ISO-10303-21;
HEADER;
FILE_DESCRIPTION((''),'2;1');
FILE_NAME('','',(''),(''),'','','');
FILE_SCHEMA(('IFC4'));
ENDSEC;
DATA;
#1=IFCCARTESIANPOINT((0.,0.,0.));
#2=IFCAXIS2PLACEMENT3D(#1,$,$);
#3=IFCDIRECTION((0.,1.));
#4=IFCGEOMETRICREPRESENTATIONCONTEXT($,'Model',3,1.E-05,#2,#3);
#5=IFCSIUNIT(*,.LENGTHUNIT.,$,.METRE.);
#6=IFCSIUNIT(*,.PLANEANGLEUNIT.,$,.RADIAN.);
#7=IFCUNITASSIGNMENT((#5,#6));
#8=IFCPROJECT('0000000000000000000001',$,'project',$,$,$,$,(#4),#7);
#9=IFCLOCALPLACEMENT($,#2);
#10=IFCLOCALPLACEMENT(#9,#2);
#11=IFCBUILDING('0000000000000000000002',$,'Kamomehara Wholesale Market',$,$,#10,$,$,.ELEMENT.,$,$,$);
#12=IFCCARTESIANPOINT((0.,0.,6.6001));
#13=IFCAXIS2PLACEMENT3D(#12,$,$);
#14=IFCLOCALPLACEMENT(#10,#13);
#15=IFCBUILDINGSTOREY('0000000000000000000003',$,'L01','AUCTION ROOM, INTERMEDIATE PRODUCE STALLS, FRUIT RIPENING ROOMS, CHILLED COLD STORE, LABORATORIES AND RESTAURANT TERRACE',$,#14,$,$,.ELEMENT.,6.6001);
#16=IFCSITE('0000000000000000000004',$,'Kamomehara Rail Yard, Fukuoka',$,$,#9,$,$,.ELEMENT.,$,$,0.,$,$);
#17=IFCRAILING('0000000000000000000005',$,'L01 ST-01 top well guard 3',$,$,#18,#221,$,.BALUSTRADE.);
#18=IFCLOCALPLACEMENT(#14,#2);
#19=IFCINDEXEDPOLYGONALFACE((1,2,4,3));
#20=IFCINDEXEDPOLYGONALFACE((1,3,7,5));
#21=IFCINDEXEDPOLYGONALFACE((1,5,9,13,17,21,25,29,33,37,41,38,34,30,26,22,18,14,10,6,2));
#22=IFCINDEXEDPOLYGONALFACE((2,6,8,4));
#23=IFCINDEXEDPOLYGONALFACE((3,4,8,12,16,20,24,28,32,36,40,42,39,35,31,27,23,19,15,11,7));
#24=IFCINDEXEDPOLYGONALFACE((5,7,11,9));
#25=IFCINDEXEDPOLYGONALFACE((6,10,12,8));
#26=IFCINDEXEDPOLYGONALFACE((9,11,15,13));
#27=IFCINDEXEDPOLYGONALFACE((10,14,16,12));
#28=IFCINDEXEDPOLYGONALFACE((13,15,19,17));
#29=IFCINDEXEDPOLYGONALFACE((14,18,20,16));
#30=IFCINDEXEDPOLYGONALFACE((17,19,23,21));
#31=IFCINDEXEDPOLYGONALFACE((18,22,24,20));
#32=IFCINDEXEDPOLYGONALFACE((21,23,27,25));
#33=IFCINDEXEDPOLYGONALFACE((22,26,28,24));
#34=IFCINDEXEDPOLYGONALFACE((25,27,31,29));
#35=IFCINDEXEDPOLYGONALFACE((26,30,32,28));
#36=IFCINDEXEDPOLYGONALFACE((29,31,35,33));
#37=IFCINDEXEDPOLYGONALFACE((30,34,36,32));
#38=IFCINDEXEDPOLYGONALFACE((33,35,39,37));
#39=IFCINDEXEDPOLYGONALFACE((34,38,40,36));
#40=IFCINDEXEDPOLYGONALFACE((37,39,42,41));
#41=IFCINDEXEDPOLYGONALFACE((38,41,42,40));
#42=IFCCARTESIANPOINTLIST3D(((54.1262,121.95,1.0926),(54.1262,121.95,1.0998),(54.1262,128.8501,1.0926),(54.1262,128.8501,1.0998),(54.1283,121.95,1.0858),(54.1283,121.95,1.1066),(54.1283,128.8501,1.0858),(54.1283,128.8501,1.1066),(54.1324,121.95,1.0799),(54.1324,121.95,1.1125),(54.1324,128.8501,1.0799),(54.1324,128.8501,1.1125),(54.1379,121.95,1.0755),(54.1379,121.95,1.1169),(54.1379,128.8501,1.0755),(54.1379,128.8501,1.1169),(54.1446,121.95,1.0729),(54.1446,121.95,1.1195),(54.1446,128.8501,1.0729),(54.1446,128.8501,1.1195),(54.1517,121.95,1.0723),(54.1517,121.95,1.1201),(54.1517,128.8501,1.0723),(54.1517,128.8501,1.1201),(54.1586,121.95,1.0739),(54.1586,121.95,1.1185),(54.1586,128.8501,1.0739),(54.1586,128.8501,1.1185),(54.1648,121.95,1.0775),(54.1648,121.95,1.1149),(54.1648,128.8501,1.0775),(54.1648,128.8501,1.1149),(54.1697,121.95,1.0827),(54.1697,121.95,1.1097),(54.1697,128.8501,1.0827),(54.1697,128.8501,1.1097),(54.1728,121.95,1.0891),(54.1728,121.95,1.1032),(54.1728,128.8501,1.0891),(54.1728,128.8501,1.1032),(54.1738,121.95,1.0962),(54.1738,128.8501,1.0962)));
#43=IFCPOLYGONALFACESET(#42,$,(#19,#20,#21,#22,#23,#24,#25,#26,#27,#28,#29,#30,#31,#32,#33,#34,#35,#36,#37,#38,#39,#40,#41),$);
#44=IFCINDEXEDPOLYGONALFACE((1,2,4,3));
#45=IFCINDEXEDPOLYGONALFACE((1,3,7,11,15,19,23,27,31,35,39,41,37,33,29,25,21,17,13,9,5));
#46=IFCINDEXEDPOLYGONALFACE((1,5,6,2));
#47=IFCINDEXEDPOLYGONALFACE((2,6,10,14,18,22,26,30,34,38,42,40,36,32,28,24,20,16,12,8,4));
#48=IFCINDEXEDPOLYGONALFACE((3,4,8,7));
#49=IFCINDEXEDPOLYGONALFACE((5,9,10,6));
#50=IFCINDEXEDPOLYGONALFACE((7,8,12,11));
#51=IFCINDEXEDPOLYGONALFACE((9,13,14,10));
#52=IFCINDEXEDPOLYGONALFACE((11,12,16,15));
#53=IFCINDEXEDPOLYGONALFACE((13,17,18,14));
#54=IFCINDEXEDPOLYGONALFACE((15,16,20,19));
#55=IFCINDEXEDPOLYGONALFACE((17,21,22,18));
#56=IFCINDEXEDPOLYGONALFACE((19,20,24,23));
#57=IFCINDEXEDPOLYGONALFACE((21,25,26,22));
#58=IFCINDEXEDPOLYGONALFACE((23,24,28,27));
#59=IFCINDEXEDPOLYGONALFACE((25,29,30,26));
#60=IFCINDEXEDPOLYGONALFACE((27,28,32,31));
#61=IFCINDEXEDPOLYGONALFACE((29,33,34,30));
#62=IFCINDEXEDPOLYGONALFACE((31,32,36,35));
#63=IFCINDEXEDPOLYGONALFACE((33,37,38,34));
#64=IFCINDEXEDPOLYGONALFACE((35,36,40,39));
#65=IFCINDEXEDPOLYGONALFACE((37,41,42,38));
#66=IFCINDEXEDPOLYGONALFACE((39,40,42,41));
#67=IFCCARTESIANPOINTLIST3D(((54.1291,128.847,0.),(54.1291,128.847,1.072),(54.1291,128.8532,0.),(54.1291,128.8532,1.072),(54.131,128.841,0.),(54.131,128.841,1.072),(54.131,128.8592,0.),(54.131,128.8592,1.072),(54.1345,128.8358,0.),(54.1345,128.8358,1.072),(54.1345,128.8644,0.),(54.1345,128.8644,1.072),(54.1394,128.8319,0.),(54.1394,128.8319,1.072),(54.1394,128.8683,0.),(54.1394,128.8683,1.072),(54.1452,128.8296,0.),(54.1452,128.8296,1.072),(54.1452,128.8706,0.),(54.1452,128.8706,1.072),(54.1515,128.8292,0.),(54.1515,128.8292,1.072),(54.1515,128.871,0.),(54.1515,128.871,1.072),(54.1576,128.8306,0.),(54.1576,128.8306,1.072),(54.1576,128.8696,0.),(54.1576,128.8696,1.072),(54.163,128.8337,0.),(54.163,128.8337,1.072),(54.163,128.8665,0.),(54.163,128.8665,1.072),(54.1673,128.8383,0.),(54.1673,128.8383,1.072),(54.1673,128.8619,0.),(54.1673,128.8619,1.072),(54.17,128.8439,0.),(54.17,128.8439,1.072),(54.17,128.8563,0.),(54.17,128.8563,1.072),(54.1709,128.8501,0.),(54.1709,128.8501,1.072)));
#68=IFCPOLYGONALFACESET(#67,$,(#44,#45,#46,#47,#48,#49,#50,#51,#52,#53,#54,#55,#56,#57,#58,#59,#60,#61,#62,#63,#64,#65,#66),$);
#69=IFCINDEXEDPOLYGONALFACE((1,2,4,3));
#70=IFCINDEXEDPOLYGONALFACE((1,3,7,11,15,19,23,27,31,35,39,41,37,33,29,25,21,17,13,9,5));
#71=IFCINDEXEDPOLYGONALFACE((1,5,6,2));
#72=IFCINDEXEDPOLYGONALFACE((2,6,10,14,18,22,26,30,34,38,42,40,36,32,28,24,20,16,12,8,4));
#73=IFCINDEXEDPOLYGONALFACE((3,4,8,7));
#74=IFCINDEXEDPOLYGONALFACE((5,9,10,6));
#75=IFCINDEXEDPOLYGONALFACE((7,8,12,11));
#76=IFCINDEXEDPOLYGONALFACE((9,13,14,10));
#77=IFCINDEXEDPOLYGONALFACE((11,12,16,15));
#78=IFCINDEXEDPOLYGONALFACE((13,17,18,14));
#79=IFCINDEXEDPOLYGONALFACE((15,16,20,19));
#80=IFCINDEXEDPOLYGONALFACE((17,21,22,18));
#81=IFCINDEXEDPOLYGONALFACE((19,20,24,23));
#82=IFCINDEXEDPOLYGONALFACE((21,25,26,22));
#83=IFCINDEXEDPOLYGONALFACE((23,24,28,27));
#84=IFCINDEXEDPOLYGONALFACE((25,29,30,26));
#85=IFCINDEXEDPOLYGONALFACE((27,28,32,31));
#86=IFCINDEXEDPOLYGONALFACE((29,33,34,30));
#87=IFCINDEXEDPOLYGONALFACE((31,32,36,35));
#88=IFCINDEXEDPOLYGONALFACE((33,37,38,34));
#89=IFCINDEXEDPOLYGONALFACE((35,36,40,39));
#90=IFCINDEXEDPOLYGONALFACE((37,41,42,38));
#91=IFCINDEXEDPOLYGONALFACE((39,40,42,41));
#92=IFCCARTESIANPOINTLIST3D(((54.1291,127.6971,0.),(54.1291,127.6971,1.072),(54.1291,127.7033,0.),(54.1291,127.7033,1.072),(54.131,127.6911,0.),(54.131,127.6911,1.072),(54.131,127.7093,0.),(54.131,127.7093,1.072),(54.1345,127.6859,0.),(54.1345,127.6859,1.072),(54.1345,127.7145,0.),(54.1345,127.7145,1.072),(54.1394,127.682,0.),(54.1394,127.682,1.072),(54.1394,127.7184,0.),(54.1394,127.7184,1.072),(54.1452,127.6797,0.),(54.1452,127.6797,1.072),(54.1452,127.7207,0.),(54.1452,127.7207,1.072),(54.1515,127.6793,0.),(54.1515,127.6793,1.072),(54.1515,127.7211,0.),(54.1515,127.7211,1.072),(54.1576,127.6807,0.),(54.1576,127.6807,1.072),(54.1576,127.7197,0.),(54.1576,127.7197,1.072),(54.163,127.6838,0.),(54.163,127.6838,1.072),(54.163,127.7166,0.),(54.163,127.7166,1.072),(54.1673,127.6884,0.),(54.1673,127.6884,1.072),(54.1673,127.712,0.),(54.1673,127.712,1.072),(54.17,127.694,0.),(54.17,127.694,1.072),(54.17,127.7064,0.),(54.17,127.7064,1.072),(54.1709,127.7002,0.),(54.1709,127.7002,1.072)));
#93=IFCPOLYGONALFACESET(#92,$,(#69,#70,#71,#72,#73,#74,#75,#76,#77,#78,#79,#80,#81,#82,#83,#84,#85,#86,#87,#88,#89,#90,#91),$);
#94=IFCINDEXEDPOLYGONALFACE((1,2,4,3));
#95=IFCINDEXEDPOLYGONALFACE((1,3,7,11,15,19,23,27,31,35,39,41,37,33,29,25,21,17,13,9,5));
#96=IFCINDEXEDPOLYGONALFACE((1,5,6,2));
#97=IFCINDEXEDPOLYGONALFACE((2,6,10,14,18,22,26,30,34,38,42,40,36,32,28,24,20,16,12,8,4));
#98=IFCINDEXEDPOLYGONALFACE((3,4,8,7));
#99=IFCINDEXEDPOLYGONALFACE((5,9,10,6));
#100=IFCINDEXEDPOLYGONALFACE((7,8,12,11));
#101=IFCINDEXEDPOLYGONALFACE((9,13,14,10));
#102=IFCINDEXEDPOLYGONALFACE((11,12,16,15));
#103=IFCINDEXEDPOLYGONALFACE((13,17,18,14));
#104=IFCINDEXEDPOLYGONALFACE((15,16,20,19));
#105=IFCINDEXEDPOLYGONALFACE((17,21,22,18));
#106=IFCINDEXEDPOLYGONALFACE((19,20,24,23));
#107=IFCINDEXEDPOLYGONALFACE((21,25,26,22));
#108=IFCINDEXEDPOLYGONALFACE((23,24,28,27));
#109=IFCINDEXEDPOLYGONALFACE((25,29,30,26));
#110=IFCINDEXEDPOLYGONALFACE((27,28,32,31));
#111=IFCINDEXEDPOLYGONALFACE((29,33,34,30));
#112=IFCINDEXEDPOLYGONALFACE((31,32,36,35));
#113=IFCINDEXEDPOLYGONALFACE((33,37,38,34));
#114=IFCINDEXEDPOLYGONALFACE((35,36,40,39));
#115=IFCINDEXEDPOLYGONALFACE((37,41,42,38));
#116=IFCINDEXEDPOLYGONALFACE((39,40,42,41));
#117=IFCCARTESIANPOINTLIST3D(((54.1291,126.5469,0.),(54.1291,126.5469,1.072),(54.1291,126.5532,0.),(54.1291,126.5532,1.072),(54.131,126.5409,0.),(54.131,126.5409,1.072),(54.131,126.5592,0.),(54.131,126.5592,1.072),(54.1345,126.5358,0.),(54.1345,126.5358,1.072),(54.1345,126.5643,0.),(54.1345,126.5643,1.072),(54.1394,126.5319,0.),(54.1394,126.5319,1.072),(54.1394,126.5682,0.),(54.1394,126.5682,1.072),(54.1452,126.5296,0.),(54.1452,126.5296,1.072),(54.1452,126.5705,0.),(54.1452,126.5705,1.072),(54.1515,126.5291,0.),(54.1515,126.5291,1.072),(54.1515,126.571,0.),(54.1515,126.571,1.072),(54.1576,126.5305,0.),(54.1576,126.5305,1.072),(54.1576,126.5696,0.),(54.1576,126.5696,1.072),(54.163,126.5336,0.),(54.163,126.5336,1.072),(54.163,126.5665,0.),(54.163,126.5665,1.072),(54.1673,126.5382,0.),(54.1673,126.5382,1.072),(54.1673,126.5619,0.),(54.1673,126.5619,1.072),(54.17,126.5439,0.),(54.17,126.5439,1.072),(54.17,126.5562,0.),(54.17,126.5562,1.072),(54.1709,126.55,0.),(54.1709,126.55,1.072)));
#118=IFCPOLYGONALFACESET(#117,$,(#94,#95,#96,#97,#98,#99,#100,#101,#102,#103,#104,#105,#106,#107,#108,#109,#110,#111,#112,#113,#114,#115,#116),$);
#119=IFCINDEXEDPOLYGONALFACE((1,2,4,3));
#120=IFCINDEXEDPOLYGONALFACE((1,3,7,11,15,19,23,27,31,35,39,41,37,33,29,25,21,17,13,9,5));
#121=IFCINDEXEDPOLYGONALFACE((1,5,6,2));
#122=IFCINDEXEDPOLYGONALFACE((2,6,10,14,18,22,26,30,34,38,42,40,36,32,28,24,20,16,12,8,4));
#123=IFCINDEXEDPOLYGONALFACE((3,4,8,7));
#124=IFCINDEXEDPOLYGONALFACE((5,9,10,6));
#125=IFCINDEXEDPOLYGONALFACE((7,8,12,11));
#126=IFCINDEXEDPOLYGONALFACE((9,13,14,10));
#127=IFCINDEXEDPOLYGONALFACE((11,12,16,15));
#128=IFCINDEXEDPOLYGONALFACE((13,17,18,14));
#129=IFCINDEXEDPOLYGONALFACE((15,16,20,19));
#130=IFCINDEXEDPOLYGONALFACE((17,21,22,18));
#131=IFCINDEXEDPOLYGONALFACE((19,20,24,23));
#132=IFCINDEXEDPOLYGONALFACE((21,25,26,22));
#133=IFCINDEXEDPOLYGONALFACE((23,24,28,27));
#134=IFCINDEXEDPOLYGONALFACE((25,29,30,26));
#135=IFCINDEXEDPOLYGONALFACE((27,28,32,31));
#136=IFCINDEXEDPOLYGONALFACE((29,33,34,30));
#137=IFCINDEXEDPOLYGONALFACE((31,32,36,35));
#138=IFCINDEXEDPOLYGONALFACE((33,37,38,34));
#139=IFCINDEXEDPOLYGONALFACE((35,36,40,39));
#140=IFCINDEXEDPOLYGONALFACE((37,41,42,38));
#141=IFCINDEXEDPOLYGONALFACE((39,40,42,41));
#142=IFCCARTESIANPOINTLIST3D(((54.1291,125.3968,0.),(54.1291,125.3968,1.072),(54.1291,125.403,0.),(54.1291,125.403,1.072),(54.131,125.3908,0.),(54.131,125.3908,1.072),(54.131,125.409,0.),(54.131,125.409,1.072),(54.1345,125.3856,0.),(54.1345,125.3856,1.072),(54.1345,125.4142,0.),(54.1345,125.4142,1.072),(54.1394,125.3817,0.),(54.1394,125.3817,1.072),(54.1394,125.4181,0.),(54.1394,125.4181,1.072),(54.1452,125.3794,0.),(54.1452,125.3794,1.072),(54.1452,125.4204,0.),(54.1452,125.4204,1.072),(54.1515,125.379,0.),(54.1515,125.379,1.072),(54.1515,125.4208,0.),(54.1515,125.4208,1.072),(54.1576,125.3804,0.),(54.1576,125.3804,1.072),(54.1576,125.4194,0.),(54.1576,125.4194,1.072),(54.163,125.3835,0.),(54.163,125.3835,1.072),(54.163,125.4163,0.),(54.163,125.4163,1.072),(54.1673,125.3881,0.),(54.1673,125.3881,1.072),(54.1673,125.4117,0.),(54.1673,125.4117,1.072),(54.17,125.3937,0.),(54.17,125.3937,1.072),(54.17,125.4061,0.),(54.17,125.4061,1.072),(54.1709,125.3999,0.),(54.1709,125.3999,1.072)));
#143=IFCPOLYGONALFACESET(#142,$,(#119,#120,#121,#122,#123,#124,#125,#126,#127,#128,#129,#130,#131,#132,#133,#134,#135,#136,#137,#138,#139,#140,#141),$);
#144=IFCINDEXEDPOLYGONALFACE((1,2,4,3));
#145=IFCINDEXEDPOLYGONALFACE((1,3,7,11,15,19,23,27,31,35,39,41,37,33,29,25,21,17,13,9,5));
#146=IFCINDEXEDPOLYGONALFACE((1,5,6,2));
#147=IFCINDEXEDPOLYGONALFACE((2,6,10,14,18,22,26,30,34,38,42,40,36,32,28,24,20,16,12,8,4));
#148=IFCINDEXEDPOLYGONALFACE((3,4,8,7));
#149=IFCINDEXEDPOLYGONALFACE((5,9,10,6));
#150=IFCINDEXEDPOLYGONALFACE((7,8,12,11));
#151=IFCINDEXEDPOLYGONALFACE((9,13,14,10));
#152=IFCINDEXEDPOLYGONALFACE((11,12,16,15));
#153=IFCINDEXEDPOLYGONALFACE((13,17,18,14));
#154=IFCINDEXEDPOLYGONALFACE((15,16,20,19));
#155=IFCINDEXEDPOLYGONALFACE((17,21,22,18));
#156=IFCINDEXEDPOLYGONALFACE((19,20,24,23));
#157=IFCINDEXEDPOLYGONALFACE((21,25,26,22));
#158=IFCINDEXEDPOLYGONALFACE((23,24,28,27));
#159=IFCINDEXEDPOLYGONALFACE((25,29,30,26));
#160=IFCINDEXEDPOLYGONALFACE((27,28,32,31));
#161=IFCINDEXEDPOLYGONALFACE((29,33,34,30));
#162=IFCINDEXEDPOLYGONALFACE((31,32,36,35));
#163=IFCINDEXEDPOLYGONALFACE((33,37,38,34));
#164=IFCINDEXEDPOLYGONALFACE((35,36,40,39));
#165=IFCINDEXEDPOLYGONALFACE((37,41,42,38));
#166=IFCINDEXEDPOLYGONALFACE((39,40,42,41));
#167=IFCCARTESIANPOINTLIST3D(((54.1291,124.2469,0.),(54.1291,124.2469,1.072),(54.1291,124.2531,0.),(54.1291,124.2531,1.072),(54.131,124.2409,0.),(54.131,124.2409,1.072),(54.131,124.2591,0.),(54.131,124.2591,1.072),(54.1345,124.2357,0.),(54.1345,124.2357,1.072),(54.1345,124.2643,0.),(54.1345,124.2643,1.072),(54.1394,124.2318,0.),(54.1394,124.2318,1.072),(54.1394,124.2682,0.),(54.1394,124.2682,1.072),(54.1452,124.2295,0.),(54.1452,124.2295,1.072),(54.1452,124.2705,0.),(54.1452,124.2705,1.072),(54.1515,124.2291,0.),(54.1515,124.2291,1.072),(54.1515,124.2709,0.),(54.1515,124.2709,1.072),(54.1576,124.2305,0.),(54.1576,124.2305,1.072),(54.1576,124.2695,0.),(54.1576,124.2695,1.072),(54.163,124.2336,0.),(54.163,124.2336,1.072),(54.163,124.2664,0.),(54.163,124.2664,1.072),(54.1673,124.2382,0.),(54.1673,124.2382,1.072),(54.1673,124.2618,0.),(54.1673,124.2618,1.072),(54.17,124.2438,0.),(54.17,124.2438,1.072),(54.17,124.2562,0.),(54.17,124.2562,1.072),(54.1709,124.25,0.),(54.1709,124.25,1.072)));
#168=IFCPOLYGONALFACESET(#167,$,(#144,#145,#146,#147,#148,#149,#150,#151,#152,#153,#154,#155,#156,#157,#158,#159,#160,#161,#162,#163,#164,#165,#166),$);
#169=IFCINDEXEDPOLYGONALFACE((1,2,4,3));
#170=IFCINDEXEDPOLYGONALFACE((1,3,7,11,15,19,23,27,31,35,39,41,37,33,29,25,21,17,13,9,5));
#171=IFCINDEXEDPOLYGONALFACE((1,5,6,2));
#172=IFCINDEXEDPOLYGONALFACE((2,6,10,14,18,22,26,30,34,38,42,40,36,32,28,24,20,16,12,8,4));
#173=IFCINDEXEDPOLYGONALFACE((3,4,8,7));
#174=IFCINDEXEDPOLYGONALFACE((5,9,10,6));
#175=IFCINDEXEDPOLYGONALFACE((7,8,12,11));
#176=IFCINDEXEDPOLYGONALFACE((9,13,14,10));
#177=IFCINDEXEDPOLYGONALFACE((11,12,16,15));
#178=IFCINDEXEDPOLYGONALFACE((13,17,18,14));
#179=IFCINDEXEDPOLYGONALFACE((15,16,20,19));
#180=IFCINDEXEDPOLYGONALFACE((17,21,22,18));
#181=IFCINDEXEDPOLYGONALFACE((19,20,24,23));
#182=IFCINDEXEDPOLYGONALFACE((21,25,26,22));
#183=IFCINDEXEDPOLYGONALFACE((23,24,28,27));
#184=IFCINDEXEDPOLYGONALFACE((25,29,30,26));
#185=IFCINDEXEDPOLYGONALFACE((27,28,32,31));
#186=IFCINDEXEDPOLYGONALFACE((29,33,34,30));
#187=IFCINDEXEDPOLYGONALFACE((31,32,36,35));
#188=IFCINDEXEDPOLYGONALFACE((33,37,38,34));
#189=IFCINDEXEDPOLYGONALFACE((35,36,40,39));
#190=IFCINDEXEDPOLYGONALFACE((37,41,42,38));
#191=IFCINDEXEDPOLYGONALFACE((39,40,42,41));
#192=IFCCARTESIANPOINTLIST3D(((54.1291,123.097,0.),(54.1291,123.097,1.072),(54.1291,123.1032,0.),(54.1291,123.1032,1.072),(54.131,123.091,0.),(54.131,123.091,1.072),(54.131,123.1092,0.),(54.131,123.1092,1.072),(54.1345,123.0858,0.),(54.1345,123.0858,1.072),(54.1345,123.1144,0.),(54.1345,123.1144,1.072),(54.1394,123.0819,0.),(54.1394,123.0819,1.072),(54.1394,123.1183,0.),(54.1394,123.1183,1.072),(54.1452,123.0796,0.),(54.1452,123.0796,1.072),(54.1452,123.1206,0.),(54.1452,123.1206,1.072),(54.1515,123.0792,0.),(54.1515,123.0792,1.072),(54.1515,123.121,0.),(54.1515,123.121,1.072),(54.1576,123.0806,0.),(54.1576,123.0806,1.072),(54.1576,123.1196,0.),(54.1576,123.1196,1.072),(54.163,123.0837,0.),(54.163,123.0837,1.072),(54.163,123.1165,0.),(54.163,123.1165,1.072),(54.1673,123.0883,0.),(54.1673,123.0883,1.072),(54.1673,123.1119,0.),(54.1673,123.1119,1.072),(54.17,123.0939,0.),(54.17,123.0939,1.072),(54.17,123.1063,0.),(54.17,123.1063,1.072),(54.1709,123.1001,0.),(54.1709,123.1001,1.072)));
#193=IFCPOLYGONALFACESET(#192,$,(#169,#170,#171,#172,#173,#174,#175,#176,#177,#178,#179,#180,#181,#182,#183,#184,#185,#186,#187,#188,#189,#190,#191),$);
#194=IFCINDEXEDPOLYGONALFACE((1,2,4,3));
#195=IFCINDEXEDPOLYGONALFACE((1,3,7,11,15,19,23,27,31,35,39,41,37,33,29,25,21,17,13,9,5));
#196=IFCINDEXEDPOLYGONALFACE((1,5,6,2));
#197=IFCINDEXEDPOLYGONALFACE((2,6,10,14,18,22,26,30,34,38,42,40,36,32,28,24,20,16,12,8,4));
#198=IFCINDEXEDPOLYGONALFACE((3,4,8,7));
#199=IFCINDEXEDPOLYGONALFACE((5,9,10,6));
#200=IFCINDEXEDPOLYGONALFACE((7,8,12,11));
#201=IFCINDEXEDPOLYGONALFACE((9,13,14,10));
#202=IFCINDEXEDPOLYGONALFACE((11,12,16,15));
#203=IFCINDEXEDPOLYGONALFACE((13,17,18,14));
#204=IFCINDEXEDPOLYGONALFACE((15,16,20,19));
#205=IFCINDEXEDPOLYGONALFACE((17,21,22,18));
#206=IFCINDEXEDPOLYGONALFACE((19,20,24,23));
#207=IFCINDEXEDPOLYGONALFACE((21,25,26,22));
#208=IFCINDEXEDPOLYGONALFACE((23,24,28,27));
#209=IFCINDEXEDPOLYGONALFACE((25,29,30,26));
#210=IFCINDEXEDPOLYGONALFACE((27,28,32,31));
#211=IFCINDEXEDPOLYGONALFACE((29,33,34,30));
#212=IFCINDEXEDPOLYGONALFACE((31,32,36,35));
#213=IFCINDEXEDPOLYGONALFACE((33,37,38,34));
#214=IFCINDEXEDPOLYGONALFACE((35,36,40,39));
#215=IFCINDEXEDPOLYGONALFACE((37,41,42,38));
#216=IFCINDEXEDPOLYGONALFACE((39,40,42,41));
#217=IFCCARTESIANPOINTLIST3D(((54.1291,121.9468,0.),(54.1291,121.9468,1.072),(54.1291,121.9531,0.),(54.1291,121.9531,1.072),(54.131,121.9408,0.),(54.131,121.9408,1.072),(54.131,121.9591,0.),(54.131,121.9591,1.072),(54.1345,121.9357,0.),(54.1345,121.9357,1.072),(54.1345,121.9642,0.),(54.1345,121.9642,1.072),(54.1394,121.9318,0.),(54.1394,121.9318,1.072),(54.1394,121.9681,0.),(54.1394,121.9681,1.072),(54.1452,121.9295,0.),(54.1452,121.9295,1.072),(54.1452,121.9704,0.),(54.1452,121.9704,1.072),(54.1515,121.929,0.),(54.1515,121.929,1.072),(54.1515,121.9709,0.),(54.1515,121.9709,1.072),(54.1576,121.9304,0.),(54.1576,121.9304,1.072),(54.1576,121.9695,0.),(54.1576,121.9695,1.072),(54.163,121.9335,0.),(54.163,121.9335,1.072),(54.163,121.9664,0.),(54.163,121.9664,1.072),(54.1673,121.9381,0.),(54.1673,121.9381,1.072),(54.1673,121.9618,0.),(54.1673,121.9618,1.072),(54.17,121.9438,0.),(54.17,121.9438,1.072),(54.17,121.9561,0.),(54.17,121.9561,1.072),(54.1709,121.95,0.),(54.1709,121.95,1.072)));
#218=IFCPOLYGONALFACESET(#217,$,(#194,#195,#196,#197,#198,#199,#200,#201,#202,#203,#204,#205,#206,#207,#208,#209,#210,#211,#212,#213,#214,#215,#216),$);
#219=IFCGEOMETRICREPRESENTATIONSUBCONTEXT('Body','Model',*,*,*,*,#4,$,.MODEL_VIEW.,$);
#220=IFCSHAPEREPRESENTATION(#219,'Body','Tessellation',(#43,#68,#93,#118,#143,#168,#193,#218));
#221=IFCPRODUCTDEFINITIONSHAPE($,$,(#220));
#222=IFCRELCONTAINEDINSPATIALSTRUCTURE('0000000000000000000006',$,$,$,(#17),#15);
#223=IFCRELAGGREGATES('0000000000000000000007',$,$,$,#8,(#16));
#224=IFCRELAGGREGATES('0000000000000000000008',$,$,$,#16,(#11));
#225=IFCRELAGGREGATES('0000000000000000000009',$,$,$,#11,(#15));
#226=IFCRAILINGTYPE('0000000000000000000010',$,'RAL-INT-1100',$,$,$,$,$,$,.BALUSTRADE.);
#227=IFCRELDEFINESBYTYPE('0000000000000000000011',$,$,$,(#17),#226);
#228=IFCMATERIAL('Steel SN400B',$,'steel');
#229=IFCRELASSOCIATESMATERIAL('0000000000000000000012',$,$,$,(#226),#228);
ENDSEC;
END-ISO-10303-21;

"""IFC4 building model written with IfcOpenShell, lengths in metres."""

from ifc_helpers import new_model, si_unit, direction, frame, origin, origin_2d, place, context, subcontext, project, spatial, circle, extrude, material, type_object, element, save


model = new_model("IFC4")

# Units and contexts
model_context = context("Model", 3, precision=1e-05, world=origin(), true_north=direction((0.0, 1.0)))
body_context = subcontext(model_context, "Body", "Model", "MODEL_VIEW")
ifc_project = project(units=[si_unit("LENGTHUNIT", "METRE"), si_unit("PLANEANGLEUNIT", "RADIAN")], contexts=[model_context])

# Site, building, storey
site_placement = place(None, origin())
site = spatial("IfcSite", under=ifc_project, at=site_placement, Name="Kamomehara Rail Yard, Fukuoka", CompositionType="ELEMENT", RefElevation=0.0)
building_placement = place(site_placement, origin())
building = spatial("IfcBuilding", under=site, at=building_placement, Name="Kamomehara Wholesale Market", CompositionType="ELEMENT")
storey_placement = place(building_placement, frame((0.0, 0.0, 6.6001)))
storey = spatial("IfcBuildingStorey", under=building, at=storey_placement, Name="L01", Description="AUCTION ROOM, INTERMEDIATE PRODUCE STALLS, FRUIT RIPENING ROOMS, CHILLED COLD STORE, LABORATORIES AND RESTAURANT TERRACE", CompositionType="ELEMENT", Elevation=6.6001)

# Railing
ifc_material_1 = material(Name="Steel SN400B", Category="steel")
railing_type = type_object("IfcRailingType", Name="RAL-INT-1100", PredefinedType="BALUSTRADE", material=ifc_material_1)
railing_placement = place(storey_placement, frame((54.1499, 128.8501, 0.0)))
element("IfcRailing", 1, at=railing_placement, inside=storey, type_object=railing_type, Name="L01 ST-01 top well guard 3", PredefinedType="BALUSTRADE", context=body_context, shape_type="SweptSolid", body=[
    extrude(circle(Radius=0.0239, at=origin_2d()), frame((0.0, 0.0, 1.0962), z_axis=(0.0, -1.0, 0.0), x_axis=(1.0, 0.0, 0.0)), (0.0, 0.0, 1.0), 6.9001),
    extrude(circle(Radius=0.021, at=origin_2d()), origin(), (0.0, 0.0, 1.0), 1.072),
    extrude(circle(Radius=0.021, at=origin_2d()), frame((0.0, -1.1499, 0.0)), (0.0, 0.0, 1.0), 1.072),
    extrude(circle(Radius=0.021, at=origin_2d()), frame((0.0, -2.3, 0.0)), (0.0, 0.0, 1.0), 1.072),
    extrude(circle(Radius=0.021, at=origin_2d()), frame((0.0, -3.4502, 0.0)), (0.0, 0.0, 1.0), 1.072),
    extrude(circle(Radius=0.021, at=origin_2d()), frame((0.0, -4.6001, 0.0)), (0.0, 0.0, 1.0), 1.072),
    extrude(circle(Radius=0.021, at=origin_2d()), frame((0.0, -5.75, 0.0)), (0.0, 0.0, 1.0), 1.072),
    extrude(circle(Radius=0.021, at=origin_2d()), frame((0.0, -6.9001, 0.0)), (0.0, 0.0, 1.0), 1.072),
])

save(model, "model.ifc")
